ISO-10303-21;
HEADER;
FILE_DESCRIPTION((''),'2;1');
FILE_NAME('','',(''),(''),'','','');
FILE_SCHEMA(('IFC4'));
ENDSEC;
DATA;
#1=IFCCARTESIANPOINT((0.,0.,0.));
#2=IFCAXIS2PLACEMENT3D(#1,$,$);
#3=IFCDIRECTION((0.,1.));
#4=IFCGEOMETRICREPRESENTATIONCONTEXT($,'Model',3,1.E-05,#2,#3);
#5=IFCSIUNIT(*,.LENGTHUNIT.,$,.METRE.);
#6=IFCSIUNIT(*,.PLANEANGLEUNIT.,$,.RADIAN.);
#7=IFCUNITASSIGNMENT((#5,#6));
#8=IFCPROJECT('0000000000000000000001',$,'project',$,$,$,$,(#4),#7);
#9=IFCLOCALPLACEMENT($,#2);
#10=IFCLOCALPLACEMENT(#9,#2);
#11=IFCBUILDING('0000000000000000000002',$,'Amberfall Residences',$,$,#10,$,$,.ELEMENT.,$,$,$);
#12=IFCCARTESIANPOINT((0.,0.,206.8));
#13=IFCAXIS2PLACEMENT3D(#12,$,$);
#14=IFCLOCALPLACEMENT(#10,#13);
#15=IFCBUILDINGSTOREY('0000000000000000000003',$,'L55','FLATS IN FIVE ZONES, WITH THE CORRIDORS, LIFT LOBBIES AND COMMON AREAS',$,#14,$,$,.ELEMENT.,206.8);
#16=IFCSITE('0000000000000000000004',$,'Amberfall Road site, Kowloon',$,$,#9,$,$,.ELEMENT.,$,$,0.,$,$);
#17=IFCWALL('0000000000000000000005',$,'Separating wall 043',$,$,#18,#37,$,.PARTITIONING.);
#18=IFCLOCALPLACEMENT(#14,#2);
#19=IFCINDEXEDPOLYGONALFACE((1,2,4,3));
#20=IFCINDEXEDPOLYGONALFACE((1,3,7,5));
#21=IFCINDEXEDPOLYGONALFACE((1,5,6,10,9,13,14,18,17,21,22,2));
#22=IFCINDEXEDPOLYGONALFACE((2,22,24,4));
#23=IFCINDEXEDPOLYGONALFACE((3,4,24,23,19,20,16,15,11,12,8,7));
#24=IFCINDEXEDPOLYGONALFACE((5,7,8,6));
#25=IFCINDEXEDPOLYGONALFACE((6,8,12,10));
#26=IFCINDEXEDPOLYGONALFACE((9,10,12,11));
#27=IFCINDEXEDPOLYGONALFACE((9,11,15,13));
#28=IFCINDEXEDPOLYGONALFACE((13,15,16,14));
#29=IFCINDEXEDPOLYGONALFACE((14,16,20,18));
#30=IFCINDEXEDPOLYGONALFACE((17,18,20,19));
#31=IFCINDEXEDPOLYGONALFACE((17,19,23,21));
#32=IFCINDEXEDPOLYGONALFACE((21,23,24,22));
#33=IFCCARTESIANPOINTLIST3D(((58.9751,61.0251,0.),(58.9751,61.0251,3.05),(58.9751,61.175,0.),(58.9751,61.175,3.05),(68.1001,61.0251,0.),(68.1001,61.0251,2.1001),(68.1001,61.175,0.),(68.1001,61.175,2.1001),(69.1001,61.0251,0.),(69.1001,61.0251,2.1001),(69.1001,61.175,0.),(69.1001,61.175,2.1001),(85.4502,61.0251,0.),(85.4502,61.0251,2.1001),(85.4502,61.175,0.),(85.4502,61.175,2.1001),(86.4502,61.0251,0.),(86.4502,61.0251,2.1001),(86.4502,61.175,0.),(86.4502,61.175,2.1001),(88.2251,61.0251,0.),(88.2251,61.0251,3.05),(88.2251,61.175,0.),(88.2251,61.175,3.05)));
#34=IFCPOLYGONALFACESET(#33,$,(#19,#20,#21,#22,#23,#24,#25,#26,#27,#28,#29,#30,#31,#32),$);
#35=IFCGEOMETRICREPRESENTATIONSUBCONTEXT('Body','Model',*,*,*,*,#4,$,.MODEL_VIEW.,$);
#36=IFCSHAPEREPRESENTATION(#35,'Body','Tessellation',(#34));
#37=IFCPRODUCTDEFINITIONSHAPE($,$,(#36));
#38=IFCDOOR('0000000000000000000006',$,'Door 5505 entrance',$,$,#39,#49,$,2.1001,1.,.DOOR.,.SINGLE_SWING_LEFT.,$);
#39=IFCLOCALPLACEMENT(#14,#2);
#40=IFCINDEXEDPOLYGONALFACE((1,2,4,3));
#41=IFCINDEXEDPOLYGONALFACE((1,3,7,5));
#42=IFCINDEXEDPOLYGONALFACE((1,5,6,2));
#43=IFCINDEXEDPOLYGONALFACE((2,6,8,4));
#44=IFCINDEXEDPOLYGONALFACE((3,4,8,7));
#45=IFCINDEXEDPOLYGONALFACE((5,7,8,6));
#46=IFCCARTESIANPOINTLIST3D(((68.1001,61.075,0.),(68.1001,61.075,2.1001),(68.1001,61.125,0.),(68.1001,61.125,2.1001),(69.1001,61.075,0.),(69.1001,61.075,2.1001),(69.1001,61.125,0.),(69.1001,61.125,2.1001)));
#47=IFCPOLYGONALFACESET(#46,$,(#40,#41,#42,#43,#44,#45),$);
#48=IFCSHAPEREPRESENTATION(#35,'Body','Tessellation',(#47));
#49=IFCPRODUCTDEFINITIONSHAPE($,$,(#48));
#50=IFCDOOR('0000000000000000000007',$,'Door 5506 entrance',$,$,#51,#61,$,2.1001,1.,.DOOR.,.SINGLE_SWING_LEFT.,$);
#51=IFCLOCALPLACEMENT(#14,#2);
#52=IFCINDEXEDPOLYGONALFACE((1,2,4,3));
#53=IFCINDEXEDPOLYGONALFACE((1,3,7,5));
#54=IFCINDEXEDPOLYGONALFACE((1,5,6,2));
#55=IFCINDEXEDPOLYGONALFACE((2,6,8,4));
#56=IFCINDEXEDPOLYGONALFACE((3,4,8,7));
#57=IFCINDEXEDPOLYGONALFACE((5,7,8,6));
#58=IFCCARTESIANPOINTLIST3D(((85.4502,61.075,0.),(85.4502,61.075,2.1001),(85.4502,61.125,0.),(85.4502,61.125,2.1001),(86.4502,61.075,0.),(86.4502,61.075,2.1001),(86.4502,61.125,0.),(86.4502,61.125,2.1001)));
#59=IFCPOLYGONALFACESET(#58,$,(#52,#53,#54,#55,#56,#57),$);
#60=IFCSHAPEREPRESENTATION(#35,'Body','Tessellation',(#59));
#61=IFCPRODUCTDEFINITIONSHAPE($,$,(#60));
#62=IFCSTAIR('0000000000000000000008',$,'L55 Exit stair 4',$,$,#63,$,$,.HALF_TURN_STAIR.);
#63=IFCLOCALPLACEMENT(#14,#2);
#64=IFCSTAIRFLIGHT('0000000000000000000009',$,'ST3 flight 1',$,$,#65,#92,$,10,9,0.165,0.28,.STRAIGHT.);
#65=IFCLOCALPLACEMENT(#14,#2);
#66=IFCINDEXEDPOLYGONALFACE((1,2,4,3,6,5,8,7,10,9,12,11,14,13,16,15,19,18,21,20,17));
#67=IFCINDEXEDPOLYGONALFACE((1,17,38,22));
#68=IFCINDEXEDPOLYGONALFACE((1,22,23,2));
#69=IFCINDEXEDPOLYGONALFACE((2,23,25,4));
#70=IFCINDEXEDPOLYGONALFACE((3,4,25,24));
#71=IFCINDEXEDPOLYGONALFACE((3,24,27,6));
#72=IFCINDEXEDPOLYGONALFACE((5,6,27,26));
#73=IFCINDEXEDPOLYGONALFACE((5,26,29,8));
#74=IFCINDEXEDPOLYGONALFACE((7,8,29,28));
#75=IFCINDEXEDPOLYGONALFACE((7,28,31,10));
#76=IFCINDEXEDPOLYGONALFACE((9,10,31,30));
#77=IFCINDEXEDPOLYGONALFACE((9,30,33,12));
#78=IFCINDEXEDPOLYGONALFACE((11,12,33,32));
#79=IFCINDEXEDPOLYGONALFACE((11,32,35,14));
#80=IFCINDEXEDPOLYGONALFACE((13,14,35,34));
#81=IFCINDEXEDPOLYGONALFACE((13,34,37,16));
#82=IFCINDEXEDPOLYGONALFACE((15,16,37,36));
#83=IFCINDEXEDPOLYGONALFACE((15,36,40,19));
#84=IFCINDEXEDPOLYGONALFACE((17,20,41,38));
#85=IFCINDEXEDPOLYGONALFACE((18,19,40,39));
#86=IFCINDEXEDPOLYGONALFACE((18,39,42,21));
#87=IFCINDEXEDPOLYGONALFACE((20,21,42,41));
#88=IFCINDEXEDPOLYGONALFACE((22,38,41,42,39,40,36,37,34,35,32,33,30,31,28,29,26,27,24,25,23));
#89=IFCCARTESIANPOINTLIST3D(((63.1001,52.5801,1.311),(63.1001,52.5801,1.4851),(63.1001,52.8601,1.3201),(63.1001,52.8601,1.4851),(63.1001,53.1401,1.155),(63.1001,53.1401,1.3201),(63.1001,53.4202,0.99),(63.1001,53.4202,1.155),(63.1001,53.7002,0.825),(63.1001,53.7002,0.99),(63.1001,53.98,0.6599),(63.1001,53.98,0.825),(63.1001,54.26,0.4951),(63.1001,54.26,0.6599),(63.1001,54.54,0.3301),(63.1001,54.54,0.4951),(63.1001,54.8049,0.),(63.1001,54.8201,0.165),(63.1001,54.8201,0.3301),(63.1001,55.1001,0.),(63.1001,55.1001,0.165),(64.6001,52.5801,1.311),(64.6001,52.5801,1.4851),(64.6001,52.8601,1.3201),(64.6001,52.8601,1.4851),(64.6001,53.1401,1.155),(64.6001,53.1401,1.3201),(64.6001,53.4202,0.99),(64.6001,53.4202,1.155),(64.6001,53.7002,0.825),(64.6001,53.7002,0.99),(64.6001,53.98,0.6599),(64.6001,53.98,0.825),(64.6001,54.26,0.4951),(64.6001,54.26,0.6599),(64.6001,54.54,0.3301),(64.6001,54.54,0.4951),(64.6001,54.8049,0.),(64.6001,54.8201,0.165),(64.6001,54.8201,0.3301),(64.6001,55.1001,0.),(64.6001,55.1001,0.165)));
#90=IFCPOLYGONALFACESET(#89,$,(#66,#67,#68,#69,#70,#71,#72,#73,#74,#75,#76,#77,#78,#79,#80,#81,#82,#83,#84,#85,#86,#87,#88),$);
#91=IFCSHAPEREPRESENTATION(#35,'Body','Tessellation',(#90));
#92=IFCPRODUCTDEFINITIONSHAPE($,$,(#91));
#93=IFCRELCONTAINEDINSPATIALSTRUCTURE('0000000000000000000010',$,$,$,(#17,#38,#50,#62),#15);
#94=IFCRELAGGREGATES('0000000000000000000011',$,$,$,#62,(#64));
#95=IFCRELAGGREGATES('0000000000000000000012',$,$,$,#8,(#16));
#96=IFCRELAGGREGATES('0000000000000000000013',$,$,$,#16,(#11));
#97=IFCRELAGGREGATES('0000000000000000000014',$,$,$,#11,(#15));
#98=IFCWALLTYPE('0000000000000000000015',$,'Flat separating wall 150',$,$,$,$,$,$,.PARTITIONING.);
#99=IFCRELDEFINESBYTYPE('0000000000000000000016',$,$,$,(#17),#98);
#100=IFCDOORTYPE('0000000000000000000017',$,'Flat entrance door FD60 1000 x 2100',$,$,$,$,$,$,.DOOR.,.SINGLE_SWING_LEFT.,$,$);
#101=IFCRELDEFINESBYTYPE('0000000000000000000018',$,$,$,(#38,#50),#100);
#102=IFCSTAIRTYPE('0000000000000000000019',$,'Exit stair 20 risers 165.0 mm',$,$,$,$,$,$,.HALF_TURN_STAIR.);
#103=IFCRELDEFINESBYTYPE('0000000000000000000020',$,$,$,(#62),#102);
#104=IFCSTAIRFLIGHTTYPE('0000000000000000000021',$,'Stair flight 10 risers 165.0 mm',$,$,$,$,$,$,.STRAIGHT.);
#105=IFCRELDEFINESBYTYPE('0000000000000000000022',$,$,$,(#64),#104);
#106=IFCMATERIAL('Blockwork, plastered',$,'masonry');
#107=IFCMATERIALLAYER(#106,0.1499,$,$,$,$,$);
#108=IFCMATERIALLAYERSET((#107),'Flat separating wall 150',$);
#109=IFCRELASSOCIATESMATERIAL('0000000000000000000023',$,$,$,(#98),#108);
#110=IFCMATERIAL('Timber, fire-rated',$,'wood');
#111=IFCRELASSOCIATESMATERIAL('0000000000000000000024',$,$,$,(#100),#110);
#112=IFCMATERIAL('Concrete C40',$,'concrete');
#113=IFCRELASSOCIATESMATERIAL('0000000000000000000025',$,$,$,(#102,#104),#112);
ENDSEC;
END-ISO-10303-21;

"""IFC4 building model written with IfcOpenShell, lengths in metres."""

from ifc_helpers import new_model, si_unit, direction, frame, frame_2d, origin, place, context, subcontext, project, spatial, polyline, rectangle, outline, extrude, material, layer, layer_set, type_object, element, fill, aggregate, save


model = new_model("IFC4")

# Units and contexts
model_context = context("Model", 3, precision=1e-05, world=origin(), true_north=direction((0.0, 1.0)))
body_context = subcontext(model_context, "Body", "Model", "MODEL_VIEW")
ifc_project = project(units=[si_unit("LENGTHUNIT", "METRE"), si_unit("PLANEANGLEUNIT", "RADIAN")], contexts=[model_context])

# Site, building, storey
site_placement = place(None, origin())
site = spatial("IfcSite", under=ifc_project, at=site_placement, Name="Amberfall Road site, Kowloon", CompositionType="ELEMENT", RefElevation=0.0)
building_placement = place(site_placement, origin())
building = spatial("IfcBuilding", under=site, at=building_placement, Name="Amberfall Residences", CompositionType="ELEMENT")
storey_placement = place(building_placement, frame((0.0, 0.0, 206.8)))
storey = spatial("IfcBuildingStorey", under=building, at=storey_placement, Name="L55", Description="FLATS IN FIVE ZONES, WITH THE CORRIDORS, LIFT LOBBIES AND COMMON AREAS", CompositionType="ELEMENT", Elevation=206.8)

# Shared definitions
ifc_material_1 = material(Name="Blockwork, plastered", Category="masonry")
ifc_layer_1 = layer(ifc_material_1, 0.1499)
ifc_layer_set_1 = layer_set([ifc_layer_1], Name="Flat separating wall 150")
wall_type_1 = type_object("IfcWallType", Name="Flat separating wall 150", PredefinedType="PARTITIONING", material=ifc_layer_set_1)

# Wall, openings, doors
wall_1_placement = place(storey_placement, frame((58.9751, 61.1001, 0.0), z_axis=(0.0, 0.0, 1.0), x_axis=(1.0, 0.0, 0.0)))
wall_1 = element("IfcWall", 1, at=wall_1_placement, inside=storey, type_object=wall_type_1, Name="Separating wall 043", PredefinedType="PARTITIONING", context=body_context, shape_type="SweptSolid", body=[
    extrude(rectangle(XDim=29.25, YDim=0.1499, at=frame_2d((14.625, 0.0))), origin(), (0.0, 0.0, 1.0), 3.05),
])
opening_1_placement = place(wall_1_placement, frame((9.125, 0.0, 0.0)))
opening_1 = element("IfcOpeningElement", 2, at=opening_1_placement, cuts=wall_1, PredefinedType="OPENING", context=body_context, shape_type="SweptSolid", body=[
    extrude(rectangle(XDim=1.0, YDim=2.1001, at=frame_2d((0.5, 1.05))), frame((0.0, 0.085, 0.0), z_axis=(0.0, -1.0, 0.0), x_axis=(1.0, 0.0, 0.0)), (0.0, 0.0, 1.0), 0.1699),
])
opening_2_placement = place(wall_1_placement, frame((26.4751, 0.0, 0.0)))
opening_2 = element("IfcOpeningElement", 3, at=opening_2_placement, cuts=wall_1, PredefinedType="OPENING", context=body_context, shape_type="SweptSolid", body=[
    extrude(rectangle(XDim=1.0, YDim=2.1001, at=frame_2d((0.5, 1.05))), frame((0.0, 0.085, 0.0), z_axis=(0.0, -1.0, 0.0), x_axis=(1.0, 0.0, 0.0)), (0.0, 0.0, 1.0), 0.1699),
])
ifc_material_2 = material(Name="Timber, fire-rated", Category="wood")
door_type_1 = type_object("IfcDoorType", Name="Flat entrance door FD60 1000 x 2100", OperationType="SINGLE_SWING_LEFT", PredefinedType="DOOR", material=ifc_material_2)
door_1_placement = place(opening_1_placement, origin())
door_1 = element("IfcDoor", 4, at=door_1_placement, inside=storey, type_object=door_type_1, Name="Door 5505 entrance", OperationType="SINGLE_SWING_LEFT", OverallHeight=2.1001, OverallWidth=1.0, PredefinedType="DOOR", context=body_context, shape_type="SweptSolid", body=[
    extrude(rectangle(XDim=1.0, YDim=2.1001, at=frame_2d((0.5, 1.05))), frame((0.0, 0.0249, 0.0), z_axis=(0.0, -1.0, 0.0), x_axis=(1.0, 0.0, 0.0)), (0.0, 0.0, 1.0), 0.05),
])
fill(opening_1, door_1)
door_2_placement = place(opening_2_placement, origin())
door_2 = element("IfcDoor", 5, at=door_2_placement, inside=storey, type_object=door_type_1, Name="Door 5506 entrance", OperationType="SINGLE_SWING_LEFT", OverallHeight=2.1001, OverallWidth=1.0, PredefinedType="DOOR", context=body_context, shape_type="SweptSolid", body=[
    extrude(rectangle(XDim=1.0, YDim=2.1001, at=frame_2d((0.5, 1.05))), frame((0.0, 0.0249, 0.0), z_axis=(0.0, -1.0, 0.0), x_axis=(1.0, 0.0, 0.0)), (0.0, 0.0, 1.0), 0.05),
])
fill(opening_2, door_2)

# Stair, stair flight
ifc_material_3 = material(Name="Concrete C40", Category="concrete")
stair_type = type_object("IfcStairType", Name="Exit stair 20 risers 165.0 mm", PredefinedType="HALF_TURN_STAIR", material=ifc_material_3)
stair_placement = place(storey_placement, origin())
stair = element("IfcStair", 6, at=stair_placement, inside=storey, type_object=stair_type, Name="L55 Exit stair 4", PredefinedType="HALF_TURN_STAIR")
stair_flight_type = type_object("IfcStairFlightType", Name="Stair flight 10 risers 165.0 mm", PredefinedType="STRAIGHT", material=ifc_material_3)
stair_flight_placement = place(storey_placement, frame((63.8501, 55.1001, 0.0), z_axis=(0.0, 0.0, 1.0), x_axis=(0.0, -1.0, 0.0)))
stair_flight = element("IfcStairFlight", 7, at=stair_flight_placement, type_object=stair_flight_type, Name="ST3 flight 1", NumberOfRisers=10, NumberOfTreads=9, PredefinedType="STRAIGHT", RiserHeight=0.165, TreadLength=0.28, context=body_context, shape_type="SweptSolid", body=[
    extrude(outline(polyline([(0.0, 0.0), (0.0, 0.165), (0.28, 0.165), (0.28, 0.3301), (0.5601, 0.3301), (0.5601, 0.4951), (0.8401, 0.4951), (0.8401, 0.6599), (1.1201, 0.6599), (1.1201, 0.825), (1.3999, 0.825), (1.3999, 0.99), (1.6799, 0.99), (1.6799, 1.155), (1.96, 1.155), (1.96, 1.3201), (2.24, 1.3201), (2.24, 1.4851), (2.52, 1.4851), (2.52, 1.6499), (2.52, 1.311), (0.2952, 0.0), (0.0, 0.0)])), frame((0.0, 0.75, 0.0), z_axis=(0.0, -1.0, 0.0), x_axis=(1.0, 0.0, 0.0)), (0.0, 0.0, 1.0), 1.5),
])
aggregate(stair, [stair_flight])

save(model, "model.ifc")
